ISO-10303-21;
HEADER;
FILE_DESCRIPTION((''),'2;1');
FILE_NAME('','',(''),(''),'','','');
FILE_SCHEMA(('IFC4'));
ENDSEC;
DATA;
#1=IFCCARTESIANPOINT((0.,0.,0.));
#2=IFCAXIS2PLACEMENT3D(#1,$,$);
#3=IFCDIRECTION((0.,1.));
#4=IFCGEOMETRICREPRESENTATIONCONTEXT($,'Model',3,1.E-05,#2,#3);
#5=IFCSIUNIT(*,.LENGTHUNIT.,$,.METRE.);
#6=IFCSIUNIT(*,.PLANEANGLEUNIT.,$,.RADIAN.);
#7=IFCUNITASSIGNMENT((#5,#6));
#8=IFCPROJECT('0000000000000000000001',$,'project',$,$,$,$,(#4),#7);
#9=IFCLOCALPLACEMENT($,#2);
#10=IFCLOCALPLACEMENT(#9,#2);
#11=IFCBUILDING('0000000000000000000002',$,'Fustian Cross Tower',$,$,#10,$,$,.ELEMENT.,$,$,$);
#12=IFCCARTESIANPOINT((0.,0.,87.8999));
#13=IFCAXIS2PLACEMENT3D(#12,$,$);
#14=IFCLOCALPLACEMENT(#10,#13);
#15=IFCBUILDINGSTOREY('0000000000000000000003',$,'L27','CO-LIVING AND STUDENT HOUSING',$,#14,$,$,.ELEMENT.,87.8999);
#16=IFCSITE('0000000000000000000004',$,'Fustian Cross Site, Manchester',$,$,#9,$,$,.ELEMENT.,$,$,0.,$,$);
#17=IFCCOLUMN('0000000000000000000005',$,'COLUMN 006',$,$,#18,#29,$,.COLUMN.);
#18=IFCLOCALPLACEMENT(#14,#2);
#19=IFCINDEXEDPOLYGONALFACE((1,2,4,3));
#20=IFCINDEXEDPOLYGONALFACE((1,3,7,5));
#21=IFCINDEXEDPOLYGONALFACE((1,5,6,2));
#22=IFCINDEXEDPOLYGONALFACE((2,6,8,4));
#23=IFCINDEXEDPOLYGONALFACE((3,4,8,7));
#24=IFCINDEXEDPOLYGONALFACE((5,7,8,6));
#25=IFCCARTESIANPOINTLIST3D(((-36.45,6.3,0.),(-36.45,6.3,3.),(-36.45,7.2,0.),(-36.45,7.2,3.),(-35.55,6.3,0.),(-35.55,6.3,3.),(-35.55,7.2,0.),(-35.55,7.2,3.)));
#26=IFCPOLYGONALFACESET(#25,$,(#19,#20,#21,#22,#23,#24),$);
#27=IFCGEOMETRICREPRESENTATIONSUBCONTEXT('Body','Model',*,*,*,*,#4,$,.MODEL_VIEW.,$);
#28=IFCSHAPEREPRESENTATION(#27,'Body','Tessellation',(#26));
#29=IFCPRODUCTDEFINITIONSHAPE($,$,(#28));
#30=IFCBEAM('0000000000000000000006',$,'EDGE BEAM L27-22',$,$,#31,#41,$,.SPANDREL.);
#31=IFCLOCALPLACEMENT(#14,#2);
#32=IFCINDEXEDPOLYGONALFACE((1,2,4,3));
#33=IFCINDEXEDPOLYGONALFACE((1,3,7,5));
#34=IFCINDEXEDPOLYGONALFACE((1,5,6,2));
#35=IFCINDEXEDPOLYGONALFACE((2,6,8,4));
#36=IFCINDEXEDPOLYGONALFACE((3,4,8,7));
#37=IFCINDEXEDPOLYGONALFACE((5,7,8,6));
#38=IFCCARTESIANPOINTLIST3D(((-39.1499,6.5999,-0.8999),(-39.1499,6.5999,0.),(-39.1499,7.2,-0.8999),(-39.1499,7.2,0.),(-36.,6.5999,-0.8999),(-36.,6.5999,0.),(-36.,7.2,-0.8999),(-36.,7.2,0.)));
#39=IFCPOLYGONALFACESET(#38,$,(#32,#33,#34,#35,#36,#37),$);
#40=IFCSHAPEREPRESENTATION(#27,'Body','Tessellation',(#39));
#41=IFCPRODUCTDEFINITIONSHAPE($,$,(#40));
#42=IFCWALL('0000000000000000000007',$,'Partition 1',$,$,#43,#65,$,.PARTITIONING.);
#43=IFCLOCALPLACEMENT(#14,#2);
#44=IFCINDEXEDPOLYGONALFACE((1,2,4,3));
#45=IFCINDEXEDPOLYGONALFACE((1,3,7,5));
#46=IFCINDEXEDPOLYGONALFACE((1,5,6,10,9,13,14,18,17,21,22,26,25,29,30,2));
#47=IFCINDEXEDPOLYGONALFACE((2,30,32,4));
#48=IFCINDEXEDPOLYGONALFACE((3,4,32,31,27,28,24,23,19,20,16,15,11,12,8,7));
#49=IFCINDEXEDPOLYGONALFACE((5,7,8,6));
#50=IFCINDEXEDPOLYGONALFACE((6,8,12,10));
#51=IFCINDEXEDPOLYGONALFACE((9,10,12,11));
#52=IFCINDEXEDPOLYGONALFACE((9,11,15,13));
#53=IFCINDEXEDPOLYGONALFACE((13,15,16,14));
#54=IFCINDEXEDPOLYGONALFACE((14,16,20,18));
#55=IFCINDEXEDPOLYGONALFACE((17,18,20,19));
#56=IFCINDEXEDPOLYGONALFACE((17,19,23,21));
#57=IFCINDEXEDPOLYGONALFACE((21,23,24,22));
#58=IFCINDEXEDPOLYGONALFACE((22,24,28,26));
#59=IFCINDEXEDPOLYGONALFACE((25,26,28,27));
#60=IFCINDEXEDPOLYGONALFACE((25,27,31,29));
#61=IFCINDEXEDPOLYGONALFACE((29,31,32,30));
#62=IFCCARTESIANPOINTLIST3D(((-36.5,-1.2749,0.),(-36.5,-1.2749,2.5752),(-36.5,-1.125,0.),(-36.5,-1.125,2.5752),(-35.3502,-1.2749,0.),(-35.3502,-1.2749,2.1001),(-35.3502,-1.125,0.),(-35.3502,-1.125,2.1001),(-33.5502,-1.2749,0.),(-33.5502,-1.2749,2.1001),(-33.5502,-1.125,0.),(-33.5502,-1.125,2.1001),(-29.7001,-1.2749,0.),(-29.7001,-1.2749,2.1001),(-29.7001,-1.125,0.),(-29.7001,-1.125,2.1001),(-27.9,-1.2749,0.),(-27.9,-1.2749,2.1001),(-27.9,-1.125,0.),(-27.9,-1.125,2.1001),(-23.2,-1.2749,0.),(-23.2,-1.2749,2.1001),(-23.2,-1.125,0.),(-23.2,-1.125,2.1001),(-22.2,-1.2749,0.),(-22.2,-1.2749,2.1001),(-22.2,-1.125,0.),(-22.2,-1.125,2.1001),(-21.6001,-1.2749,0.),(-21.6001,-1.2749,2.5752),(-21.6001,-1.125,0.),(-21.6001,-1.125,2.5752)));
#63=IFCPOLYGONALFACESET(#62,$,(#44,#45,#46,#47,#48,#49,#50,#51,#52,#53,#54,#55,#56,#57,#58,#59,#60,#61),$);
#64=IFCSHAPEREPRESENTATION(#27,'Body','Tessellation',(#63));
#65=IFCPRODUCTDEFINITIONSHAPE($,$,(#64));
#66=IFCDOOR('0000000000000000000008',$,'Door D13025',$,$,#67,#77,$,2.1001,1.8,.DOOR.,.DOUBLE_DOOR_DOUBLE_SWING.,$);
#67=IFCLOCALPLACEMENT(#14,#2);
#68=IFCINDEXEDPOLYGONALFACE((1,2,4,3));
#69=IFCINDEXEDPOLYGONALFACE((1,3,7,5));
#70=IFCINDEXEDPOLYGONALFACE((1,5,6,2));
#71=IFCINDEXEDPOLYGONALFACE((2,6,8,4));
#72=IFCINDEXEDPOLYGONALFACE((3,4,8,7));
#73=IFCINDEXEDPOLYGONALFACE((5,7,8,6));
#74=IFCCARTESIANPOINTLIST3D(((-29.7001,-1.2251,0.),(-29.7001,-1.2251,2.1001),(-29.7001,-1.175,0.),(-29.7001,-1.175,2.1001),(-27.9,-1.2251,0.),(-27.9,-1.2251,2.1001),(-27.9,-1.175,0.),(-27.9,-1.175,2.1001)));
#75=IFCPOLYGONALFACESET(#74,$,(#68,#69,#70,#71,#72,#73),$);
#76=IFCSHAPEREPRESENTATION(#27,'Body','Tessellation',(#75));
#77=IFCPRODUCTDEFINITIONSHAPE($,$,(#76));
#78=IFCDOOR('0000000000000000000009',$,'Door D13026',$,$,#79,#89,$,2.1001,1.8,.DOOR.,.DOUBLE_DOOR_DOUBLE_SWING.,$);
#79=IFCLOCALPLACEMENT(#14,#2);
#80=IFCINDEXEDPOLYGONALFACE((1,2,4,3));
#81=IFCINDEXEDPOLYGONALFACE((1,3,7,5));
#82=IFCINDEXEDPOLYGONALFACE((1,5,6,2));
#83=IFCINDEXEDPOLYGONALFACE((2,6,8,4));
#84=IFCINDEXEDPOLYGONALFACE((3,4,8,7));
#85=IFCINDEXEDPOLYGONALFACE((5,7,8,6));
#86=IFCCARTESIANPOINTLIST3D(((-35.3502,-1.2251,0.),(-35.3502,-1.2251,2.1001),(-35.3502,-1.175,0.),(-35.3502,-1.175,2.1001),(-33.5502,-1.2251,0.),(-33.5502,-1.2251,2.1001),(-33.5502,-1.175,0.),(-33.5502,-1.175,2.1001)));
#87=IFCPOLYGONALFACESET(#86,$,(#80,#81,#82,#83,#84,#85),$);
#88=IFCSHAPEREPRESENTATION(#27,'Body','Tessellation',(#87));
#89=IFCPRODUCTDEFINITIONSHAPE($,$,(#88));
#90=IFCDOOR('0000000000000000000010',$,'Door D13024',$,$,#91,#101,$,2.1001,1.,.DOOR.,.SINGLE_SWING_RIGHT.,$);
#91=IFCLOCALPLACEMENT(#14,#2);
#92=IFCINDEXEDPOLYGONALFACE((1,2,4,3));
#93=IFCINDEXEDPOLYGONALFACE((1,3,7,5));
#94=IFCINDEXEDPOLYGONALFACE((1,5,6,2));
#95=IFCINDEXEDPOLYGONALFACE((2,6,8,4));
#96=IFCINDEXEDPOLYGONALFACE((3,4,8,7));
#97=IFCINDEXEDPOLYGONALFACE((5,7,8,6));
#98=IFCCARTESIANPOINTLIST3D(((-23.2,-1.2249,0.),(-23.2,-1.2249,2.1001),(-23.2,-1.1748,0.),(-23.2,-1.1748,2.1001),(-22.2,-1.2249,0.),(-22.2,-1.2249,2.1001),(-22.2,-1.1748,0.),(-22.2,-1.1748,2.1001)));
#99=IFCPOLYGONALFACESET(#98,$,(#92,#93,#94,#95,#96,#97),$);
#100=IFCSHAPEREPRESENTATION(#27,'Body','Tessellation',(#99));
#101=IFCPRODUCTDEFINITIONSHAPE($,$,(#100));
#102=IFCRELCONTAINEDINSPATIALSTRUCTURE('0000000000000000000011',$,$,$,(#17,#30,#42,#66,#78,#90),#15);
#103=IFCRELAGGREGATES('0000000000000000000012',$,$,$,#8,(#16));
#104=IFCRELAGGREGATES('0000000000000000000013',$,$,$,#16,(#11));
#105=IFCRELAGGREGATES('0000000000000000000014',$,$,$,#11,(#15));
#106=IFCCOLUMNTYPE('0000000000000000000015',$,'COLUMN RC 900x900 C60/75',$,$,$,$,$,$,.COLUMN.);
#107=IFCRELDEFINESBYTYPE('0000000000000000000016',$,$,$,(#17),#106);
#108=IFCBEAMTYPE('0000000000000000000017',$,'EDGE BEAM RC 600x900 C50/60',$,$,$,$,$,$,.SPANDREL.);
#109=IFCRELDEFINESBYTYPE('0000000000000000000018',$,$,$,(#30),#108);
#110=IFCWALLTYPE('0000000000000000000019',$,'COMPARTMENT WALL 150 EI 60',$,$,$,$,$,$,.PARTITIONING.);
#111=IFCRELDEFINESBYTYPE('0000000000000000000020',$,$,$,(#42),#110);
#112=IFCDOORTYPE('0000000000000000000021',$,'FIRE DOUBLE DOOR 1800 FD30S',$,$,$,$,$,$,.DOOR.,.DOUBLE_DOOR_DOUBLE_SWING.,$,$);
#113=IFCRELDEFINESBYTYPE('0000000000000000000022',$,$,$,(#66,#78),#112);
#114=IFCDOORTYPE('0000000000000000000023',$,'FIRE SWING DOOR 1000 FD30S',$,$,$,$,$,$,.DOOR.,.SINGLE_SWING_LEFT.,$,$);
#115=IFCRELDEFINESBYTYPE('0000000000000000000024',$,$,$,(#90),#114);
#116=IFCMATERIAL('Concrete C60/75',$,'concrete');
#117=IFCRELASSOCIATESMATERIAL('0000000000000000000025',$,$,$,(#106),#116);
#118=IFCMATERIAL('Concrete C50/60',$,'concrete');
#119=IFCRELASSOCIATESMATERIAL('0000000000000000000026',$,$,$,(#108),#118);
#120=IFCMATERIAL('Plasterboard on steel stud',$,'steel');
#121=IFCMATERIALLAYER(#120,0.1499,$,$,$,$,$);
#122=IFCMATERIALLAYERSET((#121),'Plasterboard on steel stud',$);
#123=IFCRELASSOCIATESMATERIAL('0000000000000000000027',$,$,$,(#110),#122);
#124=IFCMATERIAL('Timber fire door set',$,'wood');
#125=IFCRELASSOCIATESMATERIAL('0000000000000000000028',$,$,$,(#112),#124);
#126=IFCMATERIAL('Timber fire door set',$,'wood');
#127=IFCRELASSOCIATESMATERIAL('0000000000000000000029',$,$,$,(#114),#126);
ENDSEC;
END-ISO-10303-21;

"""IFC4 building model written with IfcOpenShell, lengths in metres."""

from ifc_helpers import new_model, si_unit, direction, frame, frame_2d, origin, origin_2d, place, context, subcontext, project, spatial, rectangle, extrude, material, layer, layer_set, material_profile, profile_set, type_object, element, fill, save


model = new_model("IFC4")

# Units and contexts
model_context = context("Model", 3, precision=1e-05, world=origin(), true_north=direction((0.0, 1.0)))
body_context = subcontext(model_context, "Body", "Model", "MODEL_VIEW")
ifc_project = project(units=[si_unit("LENGTHUNIT", "METRE"), si_unit("PLANEANGLEUNIT", "RADIAN")], contexts=[model_context])

# Site, building, storey
site_placement = place(None, origin())
site = spatial("IfcSite", under=ifc_project, at=site_placement, Name="Fustian Cross Site, Manchester", CompositionType="ELEMENT", RefElevation=0.0)
building_placement = place(site_placement, origin())
building = spatial("IfcBuilding", under=site, at=building_placement, Name="Fustian Cross Tower", CompositionType="ELEMENT")
storey_placement = place(building_placement, frame((0.0, 0.0, 87.8999)))
storey = spatial("IfcBuildingStorey", under=building, at=storey_placement, Name="L27", Description="CO-LIVING AND STUDENT HOUSING", CompositionType="ELEMENT", Elevation=87.8999)

# Column
ifc_material_1 = material(Name="Concrete C60/75", Category="concrete")
ifc_material_profile_1 = material_profile(ifc_material_1, rectangle(XDim=0.8999, YDim=0.8999, at=origin_2d()), Name="RC 900x900")
ifc_profile_set_1 = profile_set([ifc_material_profile_1], Name="Concrete C60/75")
column_type = type_object("IfcColumnType", Name="COLUMN RC 900x900 C60/75", PredefinedType="COLUMN", material=ifc_profile_set_1)
column_placement = place(storey_placement, frame((-36.0, 6.75, 0.0), z_axis=(0.0, 0.0, 1.0), x_axis=(1.0, 0.0, 0.0)))
element("IfcColumn", 1, at=column_placement, inside=storey, type_object=column_type, Name="COLUMN 006", PredefinedType="COLUMN", context=body_context, shape_type="SweptSolid", body=[
    extrude(rectangle(XDim=0.8999, YDim=0.8999, at=origin_2d()), origin(), (0.0, 0.0, 1.0), 3.0),
])

# Beam
ifc_material_2 = material(Name="Concrete C50/60", Category="concrete")
ifc_material_profile_2 = material_profile(ifc_material_2, rectangle(XDim=0.6001, YDim=0.8999, at=origin_2d()), Name="RC 600x900")
ifc_profile_set_2 = profile_set([ifc_material_profile_2], Name="Concrete C50/60")
beam_type = type_object("IfcBeamType", Name="EDGE BEAM RC 600x900 C50/60", PredefinedType="SPANDREL", material=ifc_profile_set_2)
beam_placement = place(storey_placement, frame((-36.0, 6.8999, -0.45), z_axis=(-1.0, 0.0, 0.0), x_axis=(0.0, -1.0, 0.0)))
element("IfcBeam", 2, at=beam_placement, inside=storey, type_object=beam_type, Name="EDGE BEAM L27-22", PredefinedType="SPANDREL", context=body_context, shape_type="SweptSolid", body=[
    extrude(rectangle(XDim=0.6001, YDim=0.8999, at=origin_2d()), origin(), (0.0, 0.0, 1.0), 3.1499),
])

# Wall, openings, doors
ifc_material_3 = material(Name="Plasterboard on steel stud", Category="steel")
ifc_layer_1 = layer(ifc_material_3, 0.1499)
ifc_layer_set_1 = layer_set([ifc_layer_1], Name="Plasterboard on steel stud")
wall_type_1 = type_object("IfcWallType", Name="COMPARTMENT WALL 150 EI 60", PredefinedType="PARTITIONING", material=ifc_layer_set_1)
wall_1_placement = place(storey_placement, frame((-36.5, -1.2, 0.0), z_axis=(0.0, 0.0, 1.0), x_axis=(1.0, 0.0, 0.0)))
wall_1 = element("IfcWall", 3, at=wall_1_placement, inside=storey, type_object=wall_type_1, Name="Partition 1", PredefinedType="PARTITIONING", context=body_context, shape_type="SweptSolid", body=[
    extrude(rectangle(XDim=14.8999, YDim=0.1499, at=frame_2d((7.45, 0.0))), origin(), (0.0, 0.0, 1.0), 2.5752),
])
opening_1_placement = place(wall_1_placement, frame((13.3, 0.0, 0.0)))
opening_1 = element("IfcOpeningElement", 4, at=opening_1_placement, cuts=wall_1, PredefinedType="OPENING", context=body_context, shape_type="SweptSolid", body=[
    extrude(rectangle(XDim=1.0, YDim=2.1001, at=frame_2d((0.5, 1.05))), frame((0.0, 0.085, 0.0), z_axis=(0.0, -1.0, 0.0), x_axis=(1.0, 0.0, 0.0)), (0.0, 0.0, 1.0), 0.1699),
])
opening_2_placement = place(wall_1_placement, frame((6.8, 0.0, 0.0)))
opening_2 = element("IfcOpeningElement", 5, at=opening_2_placement, cuts=wall_1, PredefinedType="OPENING", context=body_context, shape_type="SweptSolid", body=[
    extrude(rectangle(XDim=1.8, YDim=2.1001, at=frame_2d((0.8999, 1.05))), frame((0.0, 0.085, 0.0), z_axis=(0.0, -1.0, 0.0), x_axis=(1.0, 0.0, 0.0)), (0.0, 0.0, 1.0), 0.1699),
])
opening_3_placement = place(wall_1_placement, frame((1.1499, 0.0, 0.0)))
opening_3 = element("IfcOpeningElement", 6, at=opening_3_placement, cuts=wall_1, PredefinedType="OPENING", context=body_context, shape_type="SweptSolid", body=[
    extrude(rectangle(XDim=1.8, YDim=2.1001, at=frame_2d((0.8999, 1.05))), frame((0.0, 0.085, 0.0), z_axis=(0.0, -1.0, 0.0), x_axis=(1.0, 0.0, 0.0)), (0.0, 0.0, 1.0), 0.1699),
])
ifc_material_4 = material(Name="Timber fire door set", Category="wood")
door_type_1 = type_object("IfcDoorType", Name="FIRE DOUBLE DOOR 1800 FD30S", OperationType="DOUBLE_DOOR_DOUBLE_SWING", PredefinedType="DOOR", material=ifc_material_4)
door_1_placement = place(opening_2_placement, origin())
door_1 = element("IfcDoor", 7, at=door_1_placement, inside=storey, type_object=door_type_1, Name="Door D13025", OperationType="DOUBLE_DOOR_DOUBLE_SWING", OverallHeight=2.1001, OverallWidth=1.8, PredefinedType="DOOR", context=body_context, shape_type="SweptSolid", body=[
    extrude(rectangle(XDim=1.8, YDim=2.1001, at=frame_2d((0.8999, 1.05))), frame((0.0, 0.0249, 0.0), z_axis=(0.0, -1.0, 0.0), x_axis=(1.0, 0.0, 0.0)), (0.0, 0.0, 1.0), 0.05),
])
fill(opening_2, door_1)
door_2_placement = place(opening_3_placement, origin())
door_2 = element("IfcDoor", 8, at=door_2_placement, inside=storey, type_object=door_type_1, Name="Door D13026", OperationType="DOUBLE_DOOR_DOUBLE_SWING", OverallHeight=2.1001, OverallWidth=1.8, PredefinedType="DOOR", context=body_context, shape_type="SweptSolid", body=[
    extrude(rectangle(XDim=1.8, YDim=2.1001, at=frame_2d((0.8999, 1.05))), frame((0.0, 0.0249, 0.0), z_axis=(0.0, -1.0, 0.0), x_axis=(1.0, 0.0, 0.0)), (0.0, 0.0, 1.0), 0.05),
])
fill(opening_3, door_2)
ifc_material_5 = material(Name="Timber fire door set", Category="wood")
door_type_2 = type_object("IfcDoorType", Name="FIRE SWING DOOR 1000 FD30S", OperationType="SINGLE_SWING_LEFT", PredefinedType="DOOR", material=ifc_material_5)
door_3_placement = place(opening_1_placement, frame((1.0, 0.0, 0.0), z_axis=(0.0, 0.0, 1.0), x_axis=(-1.0, 0.0, 0.0)))
door_3 = element("IfcDoor", 9, at=door_3_placement, inside=storey, type_object=door_type_2, Name="Door D13024", OperationType="SINGLE_SWING_RIGHT", OverallHeight=2.1001, OverallWidth=1.0, PredefinedType="DOOR", context=body_context, shape_type="SweptSolid", body=[
    extrude(rectangle(XDim=1.0, YDim=2.1001, at=frame_2d((0.5, 1.05))), frame((0.0, 0.0249, 0.0), z_axis=(0.0, -1.0, 0.0), x_axis=(1.0, 0.0, 0.0)), (0.0, 0.0, 1.0), 0.05),
])
fill(opening_1, door_3)

save(model, "model.ifc")
